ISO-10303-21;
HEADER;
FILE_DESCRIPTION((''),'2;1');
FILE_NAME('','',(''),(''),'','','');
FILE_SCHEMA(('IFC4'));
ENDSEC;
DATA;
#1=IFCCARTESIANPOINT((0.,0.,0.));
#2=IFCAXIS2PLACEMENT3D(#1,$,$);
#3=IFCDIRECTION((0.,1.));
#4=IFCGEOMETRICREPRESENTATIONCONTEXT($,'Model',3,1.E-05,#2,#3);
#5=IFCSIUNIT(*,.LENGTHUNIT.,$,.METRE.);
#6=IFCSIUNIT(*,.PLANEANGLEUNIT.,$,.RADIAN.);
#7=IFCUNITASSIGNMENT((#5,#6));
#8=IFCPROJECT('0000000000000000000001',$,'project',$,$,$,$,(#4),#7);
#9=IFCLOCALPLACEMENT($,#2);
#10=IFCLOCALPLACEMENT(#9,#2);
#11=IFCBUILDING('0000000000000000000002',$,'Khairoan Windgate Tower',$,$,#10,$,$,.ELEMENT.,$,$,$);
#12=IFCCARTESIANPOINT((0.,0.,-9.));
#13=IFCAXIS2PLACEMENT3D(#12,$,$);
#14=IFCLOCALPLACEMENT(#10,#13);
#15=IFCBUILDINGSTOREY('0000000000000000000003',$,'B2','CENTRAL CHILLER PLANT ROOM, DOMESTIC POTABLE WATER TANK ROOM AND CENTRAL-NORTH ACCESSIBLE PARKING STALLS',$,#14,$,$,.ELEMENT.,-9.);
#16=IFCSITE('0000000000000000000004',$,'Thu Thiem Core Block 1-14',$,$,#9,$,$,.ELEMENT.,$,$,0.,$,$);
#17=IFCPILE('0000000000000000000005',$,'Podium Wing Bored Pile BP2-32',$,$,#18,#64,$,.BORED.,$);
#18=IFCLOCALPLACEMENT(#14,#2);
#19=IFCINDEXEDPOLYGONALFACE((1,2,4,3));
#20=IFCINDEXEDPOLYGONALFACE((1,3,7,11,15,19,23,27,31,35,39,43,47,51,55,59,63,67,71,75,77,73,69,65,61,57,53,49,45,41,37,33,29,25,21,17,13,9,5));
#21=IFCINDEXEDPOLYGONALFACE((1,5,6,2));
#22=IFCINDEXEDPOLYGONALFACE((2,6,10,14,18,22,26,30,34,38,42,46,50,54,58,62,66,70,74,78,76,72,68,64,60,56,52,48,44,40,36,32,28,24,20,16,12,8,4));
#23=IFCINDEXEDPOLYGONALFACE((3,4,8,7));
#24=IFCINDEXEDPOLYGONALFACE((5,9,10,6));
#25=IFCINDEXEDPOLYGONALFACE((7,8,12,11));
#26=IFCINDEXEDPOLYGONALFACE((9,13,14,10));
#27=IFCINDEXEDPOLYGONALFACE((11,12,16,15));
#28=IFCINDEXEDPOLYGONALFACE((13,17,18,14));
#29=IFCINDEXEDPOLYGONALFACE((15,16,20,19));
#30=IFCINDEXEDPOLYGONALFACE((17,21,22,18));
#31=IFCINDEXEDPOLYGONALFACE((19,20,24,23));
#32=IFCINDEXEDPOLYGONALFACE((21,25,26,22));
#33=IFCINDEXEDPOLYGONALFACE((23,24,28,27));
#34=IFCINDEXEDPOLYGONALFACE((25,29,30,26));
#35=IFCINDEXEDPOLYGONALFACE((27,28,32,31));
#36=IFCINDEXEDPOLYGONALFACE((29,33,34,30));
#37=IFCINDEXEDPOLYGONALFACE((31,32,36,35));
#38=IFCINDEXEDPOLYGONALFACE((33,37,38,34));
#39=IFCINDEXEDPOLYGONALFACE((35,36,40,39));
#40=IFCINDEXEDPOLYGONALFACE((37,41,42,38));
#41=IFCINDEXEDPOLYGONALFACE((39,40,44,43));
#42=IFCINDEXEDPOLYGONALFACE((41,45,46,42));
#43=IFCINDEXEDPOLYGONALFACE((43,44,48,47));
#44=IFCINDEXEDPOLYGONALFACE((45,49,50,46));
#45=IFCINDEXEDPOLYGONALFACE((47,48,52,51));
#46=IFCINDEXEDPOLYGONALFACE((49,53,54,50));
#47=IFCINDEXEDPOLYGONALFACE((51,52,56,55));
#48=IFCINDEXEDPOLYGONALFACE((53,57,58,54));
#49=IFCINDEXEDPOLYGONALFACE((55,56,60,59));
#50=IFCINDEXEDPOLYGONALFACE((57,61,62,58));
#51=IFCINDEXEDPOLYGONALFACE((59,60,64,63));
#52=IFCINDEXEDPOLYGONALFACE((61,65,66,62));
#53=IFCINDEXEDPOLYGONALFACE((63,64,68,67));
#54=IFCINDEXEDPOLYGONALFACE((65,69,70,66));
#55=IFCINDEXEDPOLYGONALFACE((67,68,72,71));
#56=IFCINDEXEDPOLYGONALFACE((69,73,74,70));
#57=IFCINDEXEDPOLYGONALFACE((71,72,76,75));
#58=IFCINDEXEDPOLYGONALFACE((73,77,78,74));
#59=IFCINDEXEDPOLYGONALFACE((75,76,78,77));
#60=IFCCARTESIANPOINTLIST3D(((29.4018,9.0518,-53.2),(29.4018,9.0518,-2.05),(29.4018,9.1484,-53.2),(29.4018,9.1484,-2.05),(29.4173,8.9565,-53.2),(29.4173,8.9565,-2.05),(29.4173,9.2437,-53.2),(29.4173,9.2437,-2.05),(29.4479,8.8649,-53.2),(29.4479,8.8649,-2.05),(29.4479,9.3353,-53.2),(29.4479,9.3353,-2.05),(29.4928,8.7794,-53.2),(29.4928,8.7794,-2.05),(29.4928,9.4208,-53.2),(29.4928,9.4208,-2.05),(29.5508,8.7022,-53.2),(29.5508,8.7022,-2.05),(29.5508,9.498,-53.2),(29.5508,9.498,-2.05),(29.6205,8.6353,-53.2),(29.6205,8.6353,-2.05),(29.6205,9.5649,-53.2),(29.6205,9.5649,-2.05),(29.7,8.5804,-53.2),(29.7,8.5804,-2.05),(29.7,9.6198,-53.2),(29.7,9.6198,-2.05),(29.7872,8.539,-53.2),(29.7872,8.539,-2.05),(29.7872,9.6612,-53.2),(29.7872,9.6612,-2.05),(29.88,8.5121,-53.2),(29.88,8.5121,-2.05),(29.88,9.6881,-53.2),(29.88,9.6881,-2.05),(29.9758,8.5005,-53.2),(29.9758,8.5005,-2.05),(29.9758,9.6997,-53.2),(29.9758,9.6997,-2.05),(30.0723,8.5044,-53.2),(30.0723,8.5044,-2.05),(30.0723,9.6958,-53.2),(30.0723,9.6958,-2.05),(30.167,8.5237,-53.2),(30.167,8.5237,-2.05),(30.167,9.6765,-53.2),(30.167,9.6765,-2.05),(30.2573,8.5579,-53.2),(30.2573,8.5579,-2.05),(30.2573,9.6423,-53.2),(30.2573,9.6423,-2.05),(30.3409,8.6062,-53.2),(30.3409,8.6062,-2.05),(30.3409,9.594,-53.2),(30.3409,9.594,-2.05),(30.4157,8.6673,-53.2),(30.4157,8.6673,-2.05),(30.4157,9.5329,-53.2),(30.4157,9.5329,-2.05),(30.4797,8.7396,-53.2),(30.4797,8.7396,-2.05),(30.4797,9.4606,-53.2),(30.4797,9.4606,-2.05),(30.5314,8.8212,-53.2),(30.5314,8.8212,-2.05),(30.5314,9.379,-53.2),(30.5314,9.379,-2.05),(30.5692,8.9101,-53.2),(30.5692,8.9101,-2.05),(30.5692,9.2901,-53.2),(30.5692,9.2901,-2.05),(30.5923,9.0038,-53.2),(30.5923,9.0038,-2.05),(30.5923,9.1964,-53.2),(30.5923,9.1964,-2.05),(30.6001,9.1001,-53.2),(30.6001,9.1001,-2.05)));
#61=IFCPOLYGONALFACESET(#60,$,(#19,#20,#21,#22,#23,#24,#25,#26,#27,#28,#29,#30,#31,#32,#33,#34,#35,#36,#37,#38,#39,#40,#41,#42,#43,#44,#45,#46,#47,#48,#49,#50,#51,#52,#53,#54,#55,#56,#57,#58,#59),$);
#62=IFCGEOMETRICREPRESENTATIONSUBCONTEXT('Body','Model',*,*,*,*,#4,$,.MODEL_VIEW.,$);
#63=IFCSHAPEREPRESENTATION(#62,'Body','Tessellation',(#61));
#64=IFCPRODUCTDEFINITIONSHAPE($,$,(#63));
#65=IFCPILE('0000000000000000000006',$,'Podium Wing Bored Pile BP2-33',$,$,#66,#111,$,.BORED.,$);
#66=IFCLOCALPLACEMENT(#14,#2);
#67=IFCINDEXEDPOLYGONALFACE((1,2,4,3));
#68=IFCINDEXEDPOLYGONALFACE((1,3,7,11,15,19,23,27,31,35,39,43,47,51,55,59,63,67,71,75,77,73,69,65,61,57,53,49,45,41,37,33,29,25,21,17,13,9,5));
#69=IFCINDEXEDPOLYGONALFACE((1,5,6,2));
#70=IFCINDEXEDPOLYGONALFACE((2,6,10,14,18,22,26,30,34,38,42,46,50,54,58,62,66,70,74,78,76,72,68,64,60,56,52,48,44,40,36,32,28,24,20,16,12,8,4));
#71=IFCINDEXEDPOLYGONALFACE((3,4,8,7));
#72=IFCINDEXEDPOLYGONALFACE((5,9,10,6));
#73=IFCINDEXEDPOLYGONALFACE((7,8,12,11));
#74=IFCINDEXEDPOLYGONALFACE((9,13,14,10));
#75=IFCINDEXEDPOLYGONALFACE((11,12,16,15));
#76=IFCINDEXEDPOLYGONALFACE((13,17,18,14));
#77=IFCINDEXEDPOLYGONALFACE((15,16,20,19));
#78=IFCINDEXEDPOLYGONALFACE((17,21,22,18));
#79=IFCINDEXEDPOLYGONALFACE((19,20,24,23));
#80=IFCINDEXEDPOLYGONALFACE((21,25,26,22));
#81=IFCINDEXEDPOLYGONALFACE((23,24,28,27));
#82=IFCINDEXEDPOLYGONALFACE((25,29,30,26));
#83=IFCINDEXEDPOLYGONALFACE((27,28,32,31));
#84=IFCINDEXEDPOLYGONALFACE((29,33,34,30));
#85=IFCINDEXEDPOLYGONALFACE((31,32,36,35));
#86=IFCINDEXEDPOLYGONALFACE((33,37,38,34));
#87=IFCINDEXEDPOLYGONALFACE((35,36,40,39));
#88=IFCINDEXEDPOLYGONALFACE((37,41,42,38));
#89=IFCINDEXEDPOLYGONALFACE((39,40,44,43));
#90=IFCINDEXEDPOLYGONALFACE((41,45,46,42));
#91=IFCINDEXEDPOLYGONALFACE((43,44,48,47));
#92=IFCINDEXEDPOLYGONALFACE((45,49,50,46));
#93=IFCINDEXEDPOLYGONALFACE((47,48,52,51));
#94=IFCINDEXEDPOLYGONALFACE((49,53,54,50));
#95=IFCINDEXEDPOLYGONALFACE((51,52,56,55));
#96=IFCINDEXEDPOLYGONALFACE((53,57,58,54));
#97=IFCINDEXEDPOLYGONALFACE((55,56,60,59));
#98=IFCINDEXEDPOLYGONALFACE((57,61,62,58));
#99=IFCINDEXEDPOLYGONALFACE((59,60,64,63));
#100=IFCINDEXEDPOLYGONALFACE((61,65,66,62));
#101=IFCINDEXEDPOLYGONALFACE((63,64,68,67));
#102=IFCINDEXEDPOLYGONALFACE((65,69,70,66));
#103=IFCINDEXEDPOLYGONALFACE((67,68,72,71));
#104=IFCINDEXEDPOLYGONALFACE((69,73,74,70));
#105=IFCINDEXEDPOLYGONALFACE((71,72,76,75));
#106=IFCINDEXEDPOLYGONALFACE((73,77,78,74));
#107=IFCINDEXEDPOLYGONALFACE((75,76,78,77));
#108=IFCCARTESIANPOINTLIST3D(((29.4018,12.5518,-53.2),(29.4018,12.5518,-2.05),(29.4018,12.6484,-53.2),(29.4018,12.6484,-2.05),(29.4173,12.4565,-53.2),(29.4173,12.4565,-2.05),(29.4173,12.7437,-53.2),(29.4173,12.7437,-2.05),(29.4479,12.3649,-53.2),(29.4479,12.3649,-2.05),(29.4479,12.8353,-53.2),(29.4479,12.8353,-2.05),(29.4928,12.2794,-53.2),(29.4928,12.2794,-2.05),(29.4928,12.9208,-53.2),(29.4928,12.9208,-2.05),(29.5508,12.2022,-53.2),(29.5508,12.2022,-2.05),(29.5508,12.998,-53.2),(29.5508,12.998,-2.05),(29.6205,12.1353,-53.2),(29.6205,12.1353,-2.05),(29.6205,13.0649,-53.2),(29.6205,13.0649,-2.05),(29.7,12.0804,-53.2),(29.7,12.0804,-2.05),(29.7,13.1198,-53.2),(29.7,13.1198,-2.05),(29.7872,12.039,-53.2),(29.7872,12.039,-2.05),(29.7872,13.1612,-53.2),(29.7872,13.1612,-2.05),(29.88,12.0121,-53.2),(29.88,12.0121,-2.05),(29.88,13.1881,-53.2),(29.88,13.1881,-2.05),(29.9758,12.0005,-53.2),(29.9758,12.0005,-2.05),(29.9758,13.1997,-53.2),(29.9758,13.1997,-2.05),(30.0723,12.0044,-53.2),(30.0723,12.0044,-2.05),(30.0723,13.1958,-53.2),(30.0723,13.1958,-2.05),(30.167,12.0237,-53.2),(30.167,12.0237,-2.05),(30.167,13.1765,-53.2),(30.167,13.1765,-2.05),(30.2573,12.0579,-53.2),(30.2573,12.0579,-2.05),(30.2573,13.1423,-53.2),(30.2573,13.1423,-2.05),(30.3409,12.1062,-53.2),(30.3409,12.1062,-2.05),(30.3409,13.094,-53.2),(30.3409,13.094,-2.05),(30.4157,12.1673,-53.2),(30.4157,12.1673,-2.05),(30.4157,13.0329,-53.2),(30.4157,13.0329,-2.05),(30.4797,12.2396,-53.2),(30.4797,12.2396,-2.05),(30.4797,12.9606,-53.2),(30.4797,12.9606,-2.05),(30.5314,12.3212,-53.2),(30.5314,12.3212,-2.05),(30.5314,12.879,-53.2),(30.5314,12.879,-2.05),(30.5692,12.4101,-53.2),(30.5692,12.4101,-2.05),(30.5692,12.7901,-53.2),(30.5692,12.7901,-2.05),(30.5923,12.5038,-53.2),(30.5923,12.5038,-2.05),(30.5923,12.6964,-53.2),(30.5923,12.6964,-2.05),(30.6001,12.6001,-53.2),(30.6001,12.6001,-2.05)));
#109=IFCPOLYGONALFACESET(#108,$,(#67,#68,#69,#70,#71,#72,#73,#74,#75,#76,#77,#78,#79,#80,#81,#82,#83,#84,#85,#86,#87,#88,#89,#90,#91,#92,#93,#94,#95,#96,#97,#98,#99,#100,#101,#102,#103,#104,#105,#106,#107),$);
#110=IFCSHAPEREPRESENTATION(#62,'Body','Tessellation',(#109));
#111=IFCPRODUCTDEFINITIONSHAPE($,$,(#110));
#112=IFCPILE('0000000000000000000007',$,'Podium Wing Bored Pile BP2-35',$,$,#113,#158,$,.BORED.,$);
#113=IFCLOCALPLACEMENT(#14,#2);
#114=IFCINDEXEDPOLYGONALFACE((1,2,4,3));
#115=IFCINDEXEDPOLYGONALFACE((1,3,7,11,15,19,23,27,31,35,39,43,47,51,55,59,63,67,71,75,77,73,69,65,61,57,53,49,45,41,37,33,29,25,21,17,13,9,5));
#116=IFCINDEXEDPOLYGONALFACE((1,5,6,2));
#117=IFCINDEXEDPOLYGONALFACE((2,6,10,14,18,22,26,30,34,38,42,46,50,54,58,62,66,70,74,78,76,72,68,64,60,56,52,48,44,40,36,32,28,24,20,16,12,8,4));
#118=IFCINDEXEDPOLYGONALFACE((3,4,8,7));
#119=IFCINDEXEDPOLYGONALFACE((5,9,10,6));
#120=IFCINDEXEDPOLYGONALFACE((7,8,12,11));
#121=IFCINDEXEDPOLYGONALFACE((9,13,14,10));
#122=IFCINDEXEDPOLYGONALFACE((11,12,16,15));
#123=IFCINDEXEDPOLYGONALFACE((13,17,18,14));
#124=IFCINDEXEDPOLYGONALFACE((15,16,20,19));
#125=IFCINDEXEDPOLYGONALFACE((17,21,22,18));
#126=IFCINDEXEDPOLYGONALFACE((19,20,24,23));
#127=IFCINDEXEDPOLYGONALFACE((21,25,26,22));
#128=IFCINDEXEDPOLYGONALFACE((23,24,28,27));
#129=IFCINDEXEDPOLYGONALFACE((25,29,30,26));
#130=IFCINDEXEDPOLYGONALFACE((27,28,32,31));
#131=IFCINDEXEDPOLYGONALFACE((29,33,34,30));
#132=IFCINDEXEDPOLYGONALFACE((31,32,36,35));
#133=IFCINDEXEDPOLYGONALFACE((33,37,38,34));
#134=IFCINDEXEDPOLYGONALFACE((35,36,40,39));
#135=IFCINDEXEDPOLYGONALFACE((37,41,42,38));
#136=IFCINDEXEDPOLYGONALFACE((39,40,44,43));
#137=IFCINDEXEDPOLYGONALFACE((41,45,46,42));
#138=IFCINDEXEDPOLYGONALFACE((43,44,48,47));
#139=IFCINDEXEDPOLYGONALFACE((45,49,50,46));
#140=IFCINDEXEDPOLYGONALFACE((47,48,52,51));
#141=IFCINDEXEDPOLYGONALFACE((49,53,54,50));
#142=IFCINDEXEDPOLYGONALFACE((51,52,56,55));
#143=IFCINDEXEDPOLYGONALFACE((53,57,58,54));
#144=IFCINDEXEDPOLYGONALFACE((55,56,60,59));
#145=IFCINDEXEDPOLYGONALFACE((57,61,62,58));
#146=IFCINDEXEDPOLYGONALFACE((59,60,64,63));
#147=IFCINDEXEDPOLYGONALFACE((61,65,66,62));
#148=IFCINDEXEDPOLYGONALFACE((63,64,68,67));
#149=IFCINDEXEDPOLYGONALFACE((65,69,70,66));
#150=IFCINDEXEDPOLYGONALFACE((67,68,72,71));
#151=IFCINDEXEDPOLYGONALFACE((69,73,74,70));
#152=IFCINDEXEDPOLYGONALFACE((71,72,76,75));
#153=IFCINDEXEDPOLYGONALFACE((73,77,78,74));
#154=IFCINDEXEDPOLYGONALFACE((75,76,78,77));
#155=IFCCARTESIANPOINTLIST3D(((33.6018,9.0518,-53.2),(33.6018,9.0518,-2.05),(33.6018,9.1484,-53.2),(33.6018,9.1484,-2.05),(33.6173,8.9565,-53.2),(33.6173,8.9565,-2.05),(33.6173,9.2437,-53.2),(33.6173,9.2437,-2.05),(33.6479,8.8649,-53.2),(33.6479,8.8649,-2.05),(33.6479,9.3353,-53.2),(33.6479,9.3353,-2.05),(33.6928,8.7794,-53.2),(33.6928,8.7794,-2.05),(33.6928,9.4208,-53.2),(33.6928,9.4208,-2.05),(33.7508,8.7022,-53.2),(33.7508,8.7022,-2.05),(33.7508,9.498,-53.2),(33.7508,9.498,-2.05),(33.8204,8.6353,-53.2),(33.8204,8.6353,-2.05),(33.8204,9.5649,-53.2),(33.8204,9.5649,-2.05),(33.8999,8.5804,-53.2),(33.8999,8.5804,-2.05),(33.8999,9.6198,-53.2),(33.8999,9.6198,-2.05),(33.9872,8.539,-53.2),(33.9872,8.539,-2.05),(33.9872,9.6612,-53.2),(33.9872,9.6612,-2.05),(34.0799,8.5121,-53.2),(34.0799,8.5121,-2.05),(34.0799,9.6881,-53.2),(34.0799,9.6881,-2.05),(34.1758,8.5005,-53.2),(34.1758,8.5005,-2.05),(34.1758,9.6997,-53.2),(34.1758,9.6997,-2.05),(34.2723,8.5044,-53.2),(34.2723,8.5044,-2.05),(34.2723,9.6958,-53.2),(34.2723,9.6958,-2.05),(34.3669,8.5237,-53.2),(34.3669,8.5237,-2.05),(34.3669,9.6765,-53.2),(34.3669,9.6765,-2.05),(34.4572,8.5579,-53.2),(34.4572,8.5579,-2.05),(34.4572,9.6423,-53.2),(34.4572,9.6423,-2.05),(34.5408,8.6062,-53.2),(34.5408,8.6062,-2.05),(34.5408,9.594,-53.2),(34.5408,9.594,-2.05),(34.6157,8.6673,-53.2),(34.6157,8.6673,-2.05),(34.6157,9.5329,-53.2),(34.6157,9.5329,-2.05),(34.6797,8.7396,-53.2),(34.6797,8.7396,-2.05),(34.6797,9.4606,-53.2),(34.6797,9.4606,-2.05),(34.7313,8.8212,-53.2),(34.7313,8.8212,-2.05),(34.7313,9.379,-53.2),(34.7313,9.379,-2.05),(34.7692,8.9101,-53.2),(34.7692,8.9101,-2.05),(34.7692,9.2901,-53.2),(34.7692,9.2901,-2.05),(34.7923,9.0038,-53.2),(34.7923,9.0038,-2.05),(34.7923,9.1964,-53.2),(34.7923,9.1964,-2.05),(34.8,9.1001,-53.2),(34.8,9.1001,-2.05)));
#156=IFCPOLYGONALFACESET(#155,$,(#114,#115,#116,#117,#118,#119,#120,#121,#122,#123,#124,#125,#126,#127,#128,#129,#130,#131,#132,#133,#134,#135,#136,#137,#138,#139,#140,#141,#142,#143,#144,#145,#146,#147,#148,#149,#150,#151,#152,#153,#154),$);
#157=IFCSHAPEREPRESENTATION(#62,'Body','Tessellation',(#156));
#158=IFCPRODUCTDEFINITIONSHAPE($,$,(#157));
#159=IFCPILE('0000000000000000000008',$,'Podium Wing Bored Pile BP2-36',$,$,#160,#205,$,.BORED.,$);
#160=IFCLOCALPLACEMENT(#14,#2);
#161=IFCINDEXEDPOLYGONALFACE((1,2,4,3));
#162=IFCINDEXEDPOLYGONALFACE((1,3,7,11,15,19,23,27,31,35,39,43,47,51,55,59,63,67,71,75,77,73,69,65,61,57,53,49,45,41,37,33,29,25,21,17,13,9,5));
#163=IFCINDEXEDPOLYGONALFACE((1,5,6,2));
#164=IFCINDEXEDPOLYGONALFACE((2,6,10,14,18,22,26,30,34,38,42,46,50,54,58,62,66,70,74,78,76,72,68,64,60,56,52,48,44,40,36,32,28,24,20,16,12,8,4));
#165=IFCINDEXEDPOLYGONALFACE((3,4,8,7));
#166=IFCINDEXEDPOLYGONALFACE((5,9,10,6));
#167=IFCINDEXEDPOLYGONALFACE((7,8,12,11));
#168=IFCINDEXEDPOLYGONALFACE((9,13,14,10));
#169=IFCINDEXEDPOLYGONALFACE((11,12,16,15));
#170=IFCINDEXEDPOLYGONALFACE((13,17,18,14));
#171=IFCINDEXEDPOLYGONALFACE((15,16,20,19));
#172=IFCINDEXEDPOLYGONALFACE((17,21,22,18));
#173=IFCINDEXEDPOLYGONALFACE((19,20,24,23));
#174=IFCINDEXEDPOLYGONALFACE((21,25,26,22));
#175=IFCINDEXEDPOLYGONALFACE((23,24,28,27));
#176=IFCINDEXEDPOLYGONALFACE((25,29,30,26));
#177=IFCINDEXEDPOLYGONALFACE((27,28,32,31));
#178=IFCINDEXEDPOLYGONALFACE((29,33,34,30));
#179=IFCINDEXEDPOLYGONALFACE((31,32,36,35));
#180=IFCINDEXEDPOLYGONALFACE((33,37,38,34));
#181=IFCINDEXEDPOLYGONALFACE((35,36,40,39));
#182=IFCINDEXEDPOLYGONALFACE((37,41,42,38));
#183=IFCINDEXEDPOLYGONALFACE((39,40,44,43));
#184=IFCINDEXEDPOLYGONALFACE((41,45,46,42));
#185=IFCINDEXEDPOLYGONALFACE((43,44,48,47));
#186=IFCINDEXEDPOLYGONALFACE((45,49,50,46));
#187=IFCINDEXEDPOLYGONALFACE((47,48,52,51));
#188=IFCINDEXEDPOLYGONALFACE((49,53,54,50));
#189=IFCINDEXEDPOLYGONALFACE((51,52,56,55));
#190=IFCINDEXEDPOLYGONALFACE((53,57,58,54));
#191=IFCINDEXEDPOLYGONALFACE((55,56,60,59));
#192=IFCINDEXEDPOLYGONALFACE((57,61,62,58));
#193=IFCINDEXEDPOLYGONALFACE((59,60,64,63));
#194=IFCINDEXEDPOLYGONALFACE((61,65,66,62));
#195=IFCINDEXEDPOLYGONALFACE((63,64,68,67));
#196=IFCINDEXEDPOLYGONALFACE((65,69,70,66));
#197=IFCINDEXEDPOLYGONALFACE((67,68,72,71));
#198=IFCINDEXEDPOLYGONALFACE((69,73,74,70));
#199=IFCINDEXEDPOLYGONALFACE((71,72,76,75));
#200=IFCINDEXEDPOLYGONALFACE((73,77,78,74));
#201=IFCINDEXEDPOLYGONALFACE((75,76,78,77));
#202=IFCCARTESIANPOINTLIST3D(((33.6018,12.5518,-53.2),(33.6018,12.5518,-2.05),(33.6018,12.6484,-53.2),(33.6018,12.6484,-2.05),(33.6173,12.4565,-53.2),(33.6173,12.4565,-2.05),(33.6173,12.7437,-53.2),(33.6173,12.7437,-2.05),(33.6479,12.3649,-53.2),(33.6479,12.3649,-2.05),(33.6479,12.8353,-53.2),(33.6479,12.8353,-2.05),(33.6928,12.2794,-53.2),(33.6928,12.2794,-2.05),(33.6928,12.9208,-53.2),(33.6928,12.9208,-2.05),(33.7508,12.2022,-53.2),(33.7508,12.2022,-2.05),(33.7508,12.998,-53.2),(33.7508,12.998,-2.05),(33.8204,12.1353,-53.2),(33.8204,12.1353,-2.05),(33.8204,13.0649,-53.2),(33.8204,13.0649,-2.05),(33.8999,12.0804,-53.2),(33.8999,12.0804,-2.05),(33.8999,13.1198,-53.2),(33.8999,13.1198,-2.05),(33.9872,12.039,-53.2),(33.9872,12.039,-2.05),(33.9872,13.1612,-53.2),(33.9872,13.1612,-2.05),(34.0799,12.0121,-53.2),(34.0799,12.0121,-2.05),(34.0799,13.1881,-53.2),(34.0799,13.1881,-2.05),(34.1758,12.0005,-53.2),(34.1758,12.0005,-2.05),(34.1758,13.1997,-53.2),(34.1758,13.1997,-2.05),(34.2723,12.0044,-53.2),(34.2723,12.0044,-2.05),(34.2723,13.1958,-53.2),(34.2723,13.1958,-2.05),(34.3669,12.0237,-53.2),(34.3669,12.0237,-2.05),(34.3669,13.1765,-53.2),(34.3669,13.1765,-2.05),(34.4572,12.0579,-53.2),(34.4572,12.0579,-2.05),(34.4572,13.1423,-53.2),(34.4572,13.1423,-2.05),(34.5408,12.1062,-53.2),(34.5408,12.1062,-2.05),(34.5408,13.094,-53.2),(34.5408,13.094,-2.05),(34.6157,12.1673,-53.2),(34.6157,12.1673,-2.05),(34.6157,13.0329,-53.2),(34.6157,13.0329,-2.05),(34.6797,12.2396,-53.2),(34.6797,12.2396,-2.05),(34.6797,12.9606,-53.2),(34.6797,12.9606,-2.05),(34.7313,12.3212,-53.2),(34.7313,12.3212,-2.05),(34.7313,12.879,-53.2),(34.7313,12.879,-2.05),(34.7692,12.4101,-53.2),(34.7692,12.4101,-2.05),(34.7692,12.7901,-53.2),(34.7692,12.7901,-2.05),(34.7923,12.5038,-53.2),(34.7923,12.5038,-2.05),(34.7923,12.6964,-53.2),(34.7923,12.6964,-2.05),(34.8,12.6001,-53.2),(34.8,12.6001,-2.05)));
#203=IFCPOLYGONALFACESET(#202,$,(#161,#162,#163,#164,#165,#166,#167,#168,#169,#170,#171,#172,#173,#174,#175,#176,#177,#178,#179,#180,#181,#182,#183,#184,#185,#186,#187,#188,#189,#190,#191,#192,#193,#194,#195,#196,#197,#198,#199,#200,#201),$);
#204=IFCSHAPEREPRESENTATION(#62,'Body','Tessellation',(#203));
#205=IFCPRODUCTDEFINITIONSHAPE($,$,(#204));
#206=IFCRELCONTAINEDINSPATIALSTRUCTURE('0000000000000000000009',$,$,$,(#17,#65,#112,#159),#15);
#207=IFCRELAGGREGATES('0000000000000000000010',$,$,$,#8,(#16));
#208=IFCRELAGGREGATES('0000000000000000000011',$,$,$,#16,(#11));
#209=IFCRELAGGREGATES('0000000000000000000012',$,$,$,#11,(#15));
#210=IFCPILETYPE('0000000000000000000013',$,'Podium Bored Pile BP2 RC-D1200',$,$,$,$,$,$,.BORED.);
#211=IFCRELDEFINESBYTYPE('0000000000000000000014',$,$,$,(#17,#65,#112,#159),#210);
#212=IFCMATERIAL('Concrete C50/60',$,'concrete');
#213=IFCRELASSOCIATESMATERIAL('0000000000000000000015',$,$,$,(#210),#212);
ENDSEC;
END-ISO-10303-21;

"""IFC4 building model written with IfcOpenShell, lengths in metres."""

from ifc_helpers import new_model, si_unit, direction, frame, origin, origin_2d, place, context, subcontext, project, spatial, circle, extrude, material, material_profile, profile_set, type_object, element, save


model = new_model("IFC4")

# Units and contexts
model_context = context("Model", 3, precision=1e-05, world=origin(), true_north=direction((0.0, 1.0)))
body_context = subcontext(model_context, "Body", "Model", "MODEL_VIEW")
ifc_project = project(units=[si_unit("LENGTHUNIT", "METRE"), si_unit("PLANEANGLEUNIT", "RADIAN")], contexts=[model_context])

# Site, building, storey
site_placement = place(None, origin())
site = spatial("IfcSite", under=ifc_project, at=site_placement, Name="Thu Thiem Core Block 1-14", CompositionType="ELEMENT", RefElevation=0.0)
building_placement = place(site_placement, origin())
building = spatial("IfcBuilding", under=site, at=building_placement, Name="Khairoan Windgate Tower", CompositionType="ELEMENT")
storey_placement = place(building_placement, frame((0.0, 0.0, -9.0)))
storey = spatial("IfcBuildingStorey", under=building, at=storey_placement, Name="B2", Description="CENTRAL CHILLER PLANT ROOM, DOMESTIC POTABLE WATER TANK ROOM AND CENTRAL-NORTH ACCESSIBLE PARKING STALLS", CompositionType="ELEMENT", Elevation=-9.0)

# Piles
ifc_material_1 = material(Name="Concrete C50/60", Category="concrete")
ifc_material_profile_1 = material_profile(ifc_material_1, circle(Radius=0.6001, at=origin_2d()))
ifc_profile_set_1 = profile_set([ifc_material_profile_1], Name="Concrete C50/60")
pile_type_1 = type_object("IfcPileType", Name="Podium Bored Pile BP2 RC-D1200", PredefinedType="BORED", material=ifc_profile_set_1)
for number, where, z_axis, x_axis, name in (
    (1, (30.0, 9.1001, -2.05), (0.0, 0.0, -1.0), (1.0, 0.0, 0.0), "Podium Wing Bored Pile BP2-32"),
    (2, (30.0, 12.6001, -2.05), (0.0, 0.0, -1.0), (1.0, 0.0, 0.0), "Podium Wing Bored Pile BP2-33"),
    (3, (34.2, 9.1001, -2.05), (0.0, 0.0, -1.0), (1.0, 0.0, 0.0), "Podium Wing Bored Pile BP2-35"),
    (4, (34.2, 12.6001, -2.05), (0.0, 0.0, -1.0), (1.0, 0.0, 0.0), "Podium Wing Bored Pile BP2-36"),
):
    element("IfcPile", number, at=place(storey_placement, frame(where, z_axis=z_axis, x_axis=x_axis)), inside=storey, type_object=pile_type_1, Name=name, PredefinedType="BORED", context=body_context, shape_type="SweptSolid", body=[
        extrude(circle(Radius=0.6001, at=origin_2d()), origin(), (0.0, 0.0, 1.0), 51.1499),
    ])

save(model, "model.ifc")
